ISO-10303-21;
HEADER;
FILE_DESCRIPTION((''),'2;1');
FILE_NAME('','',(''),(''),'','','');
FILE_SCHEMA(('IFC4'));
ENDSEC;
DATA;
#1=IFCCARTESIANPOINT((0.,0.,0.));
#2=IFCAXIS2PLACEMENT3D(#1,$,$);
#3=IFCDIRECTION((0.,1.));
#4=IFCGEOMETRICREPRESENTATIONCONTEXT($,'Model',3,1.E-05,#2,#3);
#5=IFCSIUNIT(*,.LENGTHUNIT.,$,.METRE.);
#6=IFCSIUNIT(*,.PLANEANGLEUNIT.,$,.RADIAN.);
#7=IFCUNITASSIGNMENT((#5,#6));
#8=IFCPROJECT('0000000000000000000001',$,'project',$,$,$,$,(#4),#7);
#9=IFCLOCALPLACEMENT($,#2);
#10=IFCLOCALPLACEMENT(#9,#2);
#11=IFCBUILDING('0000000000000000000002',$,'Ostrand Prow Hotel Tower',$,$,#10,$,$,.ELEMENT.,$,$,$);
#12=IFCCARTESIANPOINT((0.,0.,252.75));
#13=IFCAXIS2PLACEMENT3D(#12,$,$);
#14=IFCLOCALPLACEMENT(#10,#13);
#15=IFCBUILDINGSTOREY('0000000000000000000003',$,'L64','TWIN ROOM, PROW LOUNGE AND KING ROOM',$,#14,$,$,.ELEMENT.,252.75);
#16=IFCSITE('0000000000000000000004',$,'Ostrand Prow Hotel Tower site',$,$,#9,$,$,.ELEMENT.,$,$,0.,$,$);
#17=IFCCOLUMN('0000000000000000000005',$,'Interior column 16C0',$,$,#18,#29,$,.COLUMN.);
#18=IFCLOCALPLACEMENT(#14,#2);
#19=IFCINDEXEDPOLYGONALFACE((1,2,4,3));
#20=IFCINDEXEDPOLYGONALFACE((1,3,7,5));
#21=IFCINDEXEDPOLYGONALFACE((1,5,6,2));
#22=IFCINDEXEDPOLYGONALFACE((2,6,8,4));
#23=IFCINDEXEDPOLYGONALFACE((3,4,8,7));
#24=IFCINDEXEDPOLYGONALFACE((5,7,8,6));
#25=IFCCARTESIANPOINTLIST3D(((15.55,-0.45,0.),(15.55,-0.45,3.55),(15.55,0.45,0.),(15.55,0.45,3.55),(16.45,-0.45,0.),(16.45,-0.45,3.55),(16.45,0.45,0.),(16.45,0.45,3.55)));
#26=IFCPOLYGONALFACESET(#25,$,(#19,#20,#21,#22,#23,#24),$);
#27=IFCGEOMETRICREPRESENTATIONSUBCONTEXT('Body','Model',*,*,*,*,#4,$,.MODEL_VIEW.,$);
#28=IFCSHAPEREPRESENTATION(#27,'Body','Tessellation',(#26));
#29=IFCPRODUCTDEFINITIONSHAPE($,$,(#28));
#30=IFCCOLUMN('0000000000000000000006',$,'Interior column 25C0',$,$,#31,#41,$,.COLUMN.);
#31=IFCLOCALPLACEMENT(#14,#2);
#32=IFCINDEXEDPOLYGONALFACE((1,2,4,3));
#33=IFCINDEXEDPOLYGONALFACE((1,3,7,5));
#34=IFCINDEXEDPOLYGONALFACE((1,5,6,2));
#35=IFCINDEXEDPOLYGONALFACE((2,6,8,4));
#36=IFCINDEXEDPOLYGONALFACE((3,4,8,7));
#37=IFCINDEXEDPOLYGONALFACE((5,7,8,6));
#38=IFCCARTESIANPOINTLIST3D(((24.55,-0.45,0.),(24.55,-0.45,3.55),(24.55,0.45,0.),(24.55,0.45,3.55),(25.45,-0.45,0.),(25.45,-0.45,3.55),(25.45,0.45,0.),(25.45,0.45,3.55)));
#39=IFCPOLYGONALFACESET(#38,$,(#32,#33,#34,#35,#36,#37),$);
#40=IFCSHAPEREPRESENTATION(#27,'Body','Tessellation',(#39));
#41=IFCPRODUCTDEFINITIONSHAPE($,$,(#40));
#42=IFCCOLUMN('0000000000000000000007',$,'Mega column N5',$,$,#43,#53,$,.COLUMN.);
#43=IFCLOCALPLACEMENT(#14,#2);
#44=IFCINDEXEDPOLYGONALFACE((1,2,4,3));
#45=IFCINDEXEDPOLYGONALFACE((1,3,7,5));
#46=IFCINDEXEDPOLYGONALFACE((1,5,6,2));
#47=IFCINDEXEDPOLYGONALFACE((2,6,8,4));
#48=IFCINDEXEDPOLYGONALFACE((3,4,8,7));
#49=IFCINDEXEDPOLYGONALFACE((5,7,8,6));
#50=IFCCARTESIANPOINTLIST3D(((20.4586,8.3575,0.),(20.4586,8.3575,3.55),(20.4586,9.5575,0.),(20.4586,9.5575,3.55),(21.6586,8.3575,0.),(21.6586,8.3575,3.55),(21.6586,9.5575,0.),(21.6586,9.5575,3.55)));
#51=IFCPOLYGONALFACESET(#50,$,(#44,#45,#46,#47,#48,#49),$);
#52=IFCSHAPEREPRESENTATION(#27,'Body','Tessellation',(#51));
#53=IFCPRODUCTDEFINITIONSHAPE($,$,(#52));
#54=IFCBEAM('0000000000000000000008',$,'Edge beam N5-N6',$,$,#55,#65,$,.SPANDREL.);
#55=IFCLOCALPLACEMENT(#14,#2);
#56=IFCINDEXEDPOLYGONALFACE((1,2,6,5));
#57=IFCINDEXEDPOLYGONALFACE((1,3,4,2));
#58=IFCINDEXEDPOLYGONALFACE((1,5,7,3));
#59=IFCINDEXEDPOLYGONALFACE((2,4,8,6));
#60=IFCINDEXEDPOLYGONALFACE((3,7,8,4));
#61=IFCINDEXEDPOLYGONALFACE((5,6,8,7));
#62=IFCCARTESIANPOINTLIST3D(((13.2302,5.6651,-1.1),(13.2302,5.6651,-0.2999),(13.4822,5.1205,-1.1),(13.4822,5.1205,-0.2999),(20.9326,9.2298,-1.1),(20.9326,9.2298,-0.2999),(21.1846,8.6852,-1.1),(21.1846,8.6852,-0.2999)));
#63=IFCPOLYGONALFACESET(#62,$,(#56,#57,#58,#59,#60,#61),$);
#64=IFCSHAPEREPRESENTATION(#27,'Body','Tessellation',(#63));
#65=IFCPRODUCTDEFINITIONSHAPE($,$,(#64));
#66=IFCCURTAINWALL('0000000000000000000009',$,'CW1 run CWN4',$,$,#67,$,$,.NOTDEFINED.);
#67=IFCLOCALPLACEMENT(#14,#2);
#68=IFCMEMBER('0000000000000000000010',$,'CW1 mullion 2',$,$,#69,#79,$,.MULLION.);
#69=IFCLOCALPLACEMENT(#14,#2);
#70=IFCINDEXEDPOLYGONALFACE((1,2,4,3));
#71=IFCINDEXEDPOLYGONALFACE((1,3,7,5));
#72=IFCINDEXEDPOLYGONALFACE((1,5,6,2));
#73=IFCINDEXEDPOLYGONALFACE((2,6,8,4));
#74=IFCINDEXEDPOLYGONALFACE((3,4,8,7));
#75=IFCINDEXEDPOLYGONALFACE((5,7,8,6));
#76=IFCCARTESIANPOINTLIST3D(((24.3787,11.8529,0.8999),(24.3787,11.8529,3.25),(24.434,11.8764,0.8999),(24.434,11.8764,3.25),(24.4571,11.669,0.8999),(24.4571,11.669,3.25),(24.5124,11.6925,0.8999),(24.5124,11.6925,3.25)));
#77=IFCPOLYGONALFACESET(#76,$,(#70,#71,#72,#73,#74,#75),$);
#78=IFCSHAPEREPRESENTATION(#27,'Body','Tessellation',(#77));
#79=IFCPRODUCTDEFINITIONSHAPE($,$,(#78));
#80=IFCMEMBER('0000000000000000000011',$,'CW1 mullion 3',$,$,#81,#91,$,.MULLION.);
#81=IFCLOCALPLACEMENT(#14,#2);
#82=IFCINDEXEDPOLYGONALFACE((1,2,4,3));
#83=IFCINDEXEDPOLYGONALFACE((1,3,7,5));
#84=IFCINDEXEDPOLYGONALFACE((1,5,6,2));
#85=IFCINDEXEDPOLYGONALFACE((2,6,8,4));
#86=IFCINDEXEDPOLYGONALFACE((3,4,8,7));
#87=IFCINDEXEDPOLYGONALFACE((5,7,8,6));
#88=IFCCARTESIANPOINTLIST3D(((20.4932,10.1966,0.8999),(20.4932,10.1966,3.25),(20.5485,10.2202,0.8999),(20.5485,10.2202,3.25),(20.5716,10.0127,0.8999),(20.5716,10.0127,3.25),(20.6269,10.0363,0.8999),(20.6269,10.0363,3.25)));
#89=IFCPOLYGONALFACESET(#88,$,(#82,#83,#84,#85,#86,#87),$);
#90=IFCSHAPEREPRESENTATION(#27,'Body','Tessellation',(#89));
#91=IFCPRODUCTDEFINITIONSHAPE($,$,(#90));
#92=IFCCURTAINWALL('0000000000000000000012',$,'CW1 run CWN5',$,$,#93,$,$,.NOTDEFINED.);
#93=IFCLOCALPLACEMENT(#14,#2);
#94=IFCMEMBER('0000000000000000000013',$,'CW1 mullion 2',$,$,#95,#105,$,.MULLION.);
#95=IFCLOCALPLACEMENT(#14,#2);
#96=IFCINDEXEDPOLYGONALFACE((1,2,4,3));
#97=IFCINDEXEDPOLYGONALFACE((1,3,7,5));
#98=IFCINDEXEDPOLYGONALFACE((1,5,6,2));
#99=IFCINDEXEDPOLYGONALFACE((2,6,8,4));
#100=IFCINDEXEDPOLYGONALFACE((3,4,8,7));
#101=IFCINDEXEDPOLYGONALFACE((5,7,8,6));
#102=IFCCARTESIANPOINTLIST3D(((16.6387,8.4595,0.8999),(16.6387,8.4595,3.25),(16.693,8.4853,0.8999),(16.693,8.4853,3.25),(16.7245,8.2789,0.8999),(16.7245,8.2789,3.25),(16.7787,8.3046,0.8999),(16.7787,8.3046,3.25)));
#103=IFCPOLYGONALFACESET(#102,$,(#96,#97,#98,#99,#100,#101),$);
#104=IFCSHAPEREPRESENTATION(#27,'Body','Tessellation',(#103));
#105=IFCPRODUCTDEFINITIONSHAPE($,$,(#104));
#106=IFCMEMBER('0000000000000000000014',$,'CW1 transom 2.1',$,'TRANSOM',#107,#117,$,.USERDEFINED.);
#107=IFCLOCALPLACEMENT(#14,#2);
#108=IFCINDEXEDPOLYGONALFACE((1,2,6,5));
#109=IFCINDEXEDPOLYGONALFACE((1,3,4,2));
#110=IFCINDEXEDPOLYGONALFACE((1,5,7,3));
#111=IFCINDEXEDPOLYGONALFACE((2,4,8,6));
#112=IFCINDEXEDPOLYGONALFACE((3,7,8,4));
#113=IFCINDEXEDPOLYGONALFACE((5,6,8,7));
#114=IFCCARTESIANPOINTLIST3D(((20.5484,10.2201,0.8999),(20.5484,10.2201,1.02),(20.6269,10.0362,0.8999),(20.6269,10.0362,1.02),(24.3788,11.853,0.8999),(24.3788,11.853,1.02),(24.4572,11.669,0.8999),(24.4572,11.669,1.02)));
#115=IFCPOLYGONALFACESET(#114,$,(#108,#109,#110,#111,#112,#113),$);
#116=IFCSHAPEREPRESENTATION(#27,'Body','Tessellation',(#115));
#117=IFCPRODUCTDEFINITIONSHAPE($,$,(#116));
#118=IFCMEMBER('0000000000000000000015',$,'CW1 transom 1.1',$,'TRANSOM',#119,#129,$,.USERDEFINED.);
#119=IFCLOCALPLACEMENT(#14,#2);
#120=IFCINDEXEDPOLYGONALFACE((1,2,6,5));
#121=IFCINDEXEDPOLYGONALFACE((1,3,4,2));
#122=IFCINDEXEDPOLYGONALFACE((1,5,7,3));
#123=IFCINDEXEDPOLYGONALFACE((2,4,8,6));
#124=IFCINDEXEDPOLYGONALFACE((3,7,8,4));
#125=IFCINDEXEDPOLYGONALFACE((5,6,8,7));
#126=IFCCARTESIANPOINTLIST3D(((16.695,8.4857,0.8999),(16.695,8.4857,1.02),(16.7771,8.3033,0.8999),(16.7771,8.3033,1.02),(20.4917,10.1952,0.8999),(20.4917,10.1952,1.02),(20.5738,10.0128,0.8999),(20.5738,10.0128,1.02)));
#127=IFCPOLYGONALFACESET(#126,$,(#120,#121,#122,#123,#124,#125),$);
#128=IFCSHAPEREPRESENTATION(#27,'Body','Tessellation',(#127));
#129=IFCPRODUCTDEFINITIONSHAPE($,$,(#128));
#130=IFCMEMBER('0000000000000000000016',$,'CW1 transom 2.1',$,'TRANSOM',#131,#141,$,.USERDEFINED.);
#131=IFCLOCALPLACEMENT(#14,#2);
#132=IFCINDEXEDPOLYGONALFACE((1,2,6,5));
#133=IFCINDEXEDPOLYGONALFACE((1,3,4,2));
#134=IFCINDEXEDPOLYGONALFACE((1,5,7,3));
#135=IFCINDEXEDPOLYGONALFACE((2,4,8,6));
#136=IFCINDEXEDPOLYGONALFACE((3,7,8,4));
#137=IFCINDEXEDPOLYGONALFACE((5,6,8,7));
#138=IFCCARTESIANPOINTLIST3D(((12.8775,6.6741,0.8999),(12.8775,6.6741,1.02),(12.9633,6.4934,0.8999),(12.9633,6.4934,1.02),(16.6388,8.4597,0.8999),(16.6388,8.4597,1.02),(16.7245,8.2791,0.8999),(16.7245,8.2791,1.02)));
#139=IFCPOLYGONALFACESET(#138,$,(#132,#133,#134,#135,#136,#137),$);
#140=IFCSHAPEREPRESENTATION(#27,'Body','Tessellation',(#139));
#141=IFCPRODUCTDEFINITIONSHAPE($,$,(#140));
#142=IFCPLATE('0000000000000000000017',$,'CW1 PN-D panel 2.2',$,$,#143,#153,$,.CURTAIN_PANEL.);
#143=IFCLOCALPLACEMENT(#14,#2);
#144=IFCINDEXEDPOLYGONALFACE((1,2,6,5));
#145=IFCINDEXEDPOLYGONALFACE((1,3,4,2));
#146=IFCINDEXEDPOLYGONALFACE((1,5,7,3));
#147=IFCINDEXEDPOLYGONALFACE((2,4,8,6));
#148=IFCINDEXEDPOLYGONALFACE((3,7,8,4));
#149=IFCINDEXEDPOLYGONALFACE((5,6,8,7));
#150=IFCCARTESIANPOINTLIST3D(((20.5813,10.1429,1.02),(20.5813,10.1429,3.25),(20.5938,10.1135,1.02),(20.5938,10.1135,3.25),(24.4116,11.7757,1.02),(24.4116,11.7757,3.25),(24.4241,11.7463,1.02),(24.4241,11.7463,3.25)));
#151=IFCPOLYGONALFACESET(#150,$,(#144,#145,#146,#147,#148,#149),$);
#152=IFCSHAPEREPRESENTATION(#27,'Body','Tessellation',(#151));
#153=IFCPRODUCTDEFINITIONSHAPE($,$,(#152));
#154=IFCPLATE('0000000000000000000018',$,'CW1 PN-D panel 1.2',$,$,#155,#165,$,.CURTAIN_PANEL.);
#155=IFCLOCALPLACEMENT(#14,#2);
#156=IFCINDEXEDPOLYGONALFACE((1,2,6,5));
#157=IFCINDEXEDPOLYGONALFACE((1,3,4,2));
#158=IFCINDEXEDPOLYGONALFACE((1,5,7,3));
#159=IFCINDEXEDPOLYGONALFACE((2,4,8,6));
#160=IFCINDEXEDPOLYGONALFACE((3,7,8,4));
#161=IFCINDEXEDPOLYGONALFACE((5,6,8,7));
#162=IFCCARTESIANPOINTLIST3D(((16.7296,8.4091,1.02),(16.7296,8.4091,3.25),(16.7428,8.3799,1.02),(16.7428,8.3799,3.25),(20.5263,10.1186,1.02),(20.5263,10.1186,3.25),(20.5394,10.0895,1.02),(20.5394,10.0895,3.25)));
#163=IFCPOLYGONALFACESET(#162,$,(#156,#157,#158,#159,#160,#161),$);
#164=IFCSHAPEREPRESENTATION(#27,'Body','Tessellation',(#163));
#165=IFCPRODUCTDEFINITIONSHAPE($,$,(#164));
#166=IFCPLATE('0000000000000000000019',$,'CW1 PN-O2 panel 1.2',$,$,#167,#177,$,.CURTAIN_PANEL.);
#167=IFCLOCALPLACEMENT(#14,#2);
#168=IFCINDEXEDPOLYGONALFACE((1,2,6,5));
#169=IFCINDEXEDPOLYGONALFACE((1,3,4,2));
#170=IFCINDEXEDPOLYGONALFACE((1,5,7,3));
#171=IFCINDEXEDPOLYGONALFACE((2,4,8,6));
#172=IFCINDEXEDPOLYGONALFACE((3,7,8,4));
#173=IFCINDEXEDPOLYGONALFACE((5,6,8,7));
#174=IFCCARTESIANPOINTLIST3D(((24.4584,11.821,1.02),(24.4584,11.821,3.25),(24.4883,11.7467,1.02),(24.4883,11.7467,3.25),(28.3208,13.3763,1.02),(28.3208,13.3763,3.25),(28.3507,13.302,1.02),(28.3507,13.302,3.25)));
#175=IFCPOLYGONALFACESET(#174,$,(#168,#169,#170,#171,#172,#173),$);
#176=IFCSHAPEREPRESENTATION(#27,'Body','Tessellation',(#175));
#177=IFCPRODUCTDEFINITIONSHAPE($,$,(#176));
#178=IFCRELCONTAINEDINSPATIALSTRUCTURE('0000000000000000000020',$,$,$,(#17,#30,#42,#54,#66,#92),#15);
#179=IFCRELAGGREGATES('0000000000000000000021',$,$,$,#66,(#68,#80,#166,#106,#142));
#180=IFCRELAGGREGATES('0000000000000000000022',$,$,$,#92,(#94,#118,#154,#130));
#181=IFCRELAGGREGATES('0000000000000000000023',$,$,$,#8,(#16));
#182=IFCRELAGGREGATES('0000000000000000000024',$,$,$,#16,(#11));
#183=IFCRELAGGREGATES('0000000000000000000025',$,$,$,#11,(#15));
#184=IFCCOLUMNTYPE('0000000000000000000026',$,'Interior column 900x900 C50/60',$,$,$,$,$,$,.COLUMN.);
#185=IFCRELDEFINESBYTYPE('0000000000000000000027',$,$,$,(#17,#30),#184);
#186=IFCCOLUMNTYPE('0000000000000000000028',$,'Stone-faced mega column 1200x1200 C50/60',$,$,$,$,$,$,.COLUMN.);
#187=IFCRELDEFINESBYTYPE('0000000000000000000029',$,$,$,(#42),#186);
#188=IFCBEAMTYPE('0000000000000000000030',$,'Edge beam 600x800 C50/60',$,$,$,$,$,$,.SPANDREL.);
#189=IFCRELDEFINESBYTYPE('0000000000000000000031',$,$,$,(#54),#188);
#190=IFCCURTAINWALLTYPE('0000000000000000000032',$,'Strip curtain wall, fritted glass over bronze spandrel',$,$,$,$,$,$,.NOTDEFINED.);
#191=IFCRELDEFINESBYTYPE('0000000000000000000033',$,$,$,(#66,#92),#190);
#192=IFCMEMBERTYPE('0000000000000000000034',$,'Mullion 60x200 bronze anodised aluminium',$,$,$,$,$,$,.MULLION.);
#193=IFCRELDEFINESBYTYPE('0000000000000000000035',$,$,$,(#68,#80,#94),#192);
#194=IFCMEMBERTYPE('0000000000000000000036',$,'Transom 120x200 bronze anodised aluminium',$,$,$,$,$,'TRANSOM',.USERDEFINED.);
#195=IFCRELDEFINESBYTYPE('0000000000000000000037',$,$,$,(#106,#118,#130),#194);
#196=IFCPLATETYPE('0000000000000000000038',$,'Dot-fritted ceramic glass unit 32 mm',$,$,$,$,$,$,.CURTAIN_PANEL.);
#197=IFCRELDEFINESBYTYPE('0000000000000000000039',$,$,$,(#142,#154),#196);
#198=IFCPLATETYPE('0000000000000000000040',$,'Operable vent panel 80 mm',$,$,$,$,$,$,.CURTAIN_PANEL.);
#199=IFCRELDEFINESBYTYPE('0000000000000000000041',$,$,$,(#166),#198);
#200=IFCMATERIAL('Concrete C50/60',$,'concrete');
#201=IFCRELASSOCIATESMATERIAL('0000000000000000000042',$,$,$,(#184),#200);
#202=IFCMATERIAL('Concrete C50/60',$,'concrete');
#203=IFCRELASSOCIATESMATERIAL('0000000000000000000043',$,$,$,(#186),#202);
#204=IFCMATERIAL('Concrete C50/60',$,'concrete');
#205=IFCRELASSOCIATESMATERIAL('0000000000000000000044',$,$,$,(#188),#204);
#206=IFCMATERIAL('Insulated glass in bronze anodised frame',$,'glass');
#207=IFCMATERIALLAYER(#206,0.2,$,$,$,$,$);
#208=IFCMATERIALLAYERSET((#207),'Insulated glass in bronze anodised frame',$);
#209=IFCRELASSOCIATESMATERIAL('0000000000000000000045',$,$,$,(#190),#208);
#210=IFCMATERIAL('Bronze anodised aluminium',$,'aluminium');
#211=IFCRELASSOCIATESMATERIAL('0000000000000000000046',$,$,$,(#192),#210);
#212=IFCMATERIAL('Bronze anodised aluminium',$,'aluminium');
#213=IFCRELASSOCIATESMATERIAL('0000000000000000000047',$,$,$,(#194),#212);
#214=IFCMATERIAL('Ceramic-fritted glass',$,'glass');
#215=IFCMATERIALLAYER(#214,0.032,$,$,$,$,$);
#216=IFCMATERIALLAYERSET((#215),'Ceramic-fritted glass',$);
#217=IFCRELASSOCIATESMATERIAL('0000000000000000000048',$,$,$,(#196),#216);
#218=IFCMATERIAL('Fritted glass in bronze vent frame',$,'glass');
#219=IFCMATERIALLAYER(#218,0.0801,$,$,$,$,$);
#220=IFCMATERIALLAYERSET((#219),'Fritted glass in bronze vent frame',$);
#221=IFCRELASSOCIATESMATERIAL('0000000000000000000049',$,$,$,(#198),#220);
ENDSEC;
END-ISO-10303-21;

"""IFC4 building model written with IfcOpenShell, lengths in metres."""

from ifc_helpers import new_model, si_unit, direction, frame, origin, origin_2d, place, context, subcontext, project, spatial, rectangle, extrude, material, layer, layer_set, material_profile, profile_set, type_object, element, aggregate, save


model = new_model("IFC4")

# Units and contexts
model_context = context("Model", 3, precision=1e-05, world=origin(), true_north=direction((0.0, 1.0)))
body_context = subcontext(model_context, "Body", "Model", "MODEL_VIEW")
ifc_project = project(units=[si_unit("LENGTHUNIT", "METRE"), si_unit("PLANEANGLEUNIT", "RADIAN")], contexts=[model_context])

# Site, building, storey
site_placement = place(None, origin())
site = spatial("IfcSite", under=ifc_project, at=site_placement, Name="Ostrand Prow Hotel Tower site", CompositionType="ELEMENT", RefElevation=0.0)
building_placement = place(site_placement, origin())
building = spatial("IfcBuilding", under=site, at=building_placement, Name="Ostrand Prow Hotel Tower", CompositionType="ELEMENT")
storey_placement = place(building_placement, frame((0.0, 0.0, 252.75)))
storey = spatial("IfcBuildingStorey", under=building, at=storey_placement, Name="L64", Description="TWIN ROOM, PROW LOUNGE AND KING ROOM", CompositionType="ELEMENT", Elevation=252.75)

# Columns
ifc_material_1 = material(Name="Concrete C50/60", Category="concrete")
ifc_material_profile_1 = material_profile(ifc_material_1, rectangle(XDim=0.8999, YDim=0.8999, at=origin_2d()), Name="RC 900x900")
ifc_profile_set_1 = profile_set([ifc_material_profile_1], Name="Concrete C50/60")
column_type_1 = type_object("IfcColumnType", Name="Interior column 900x900 C50/60", PredefinedType="COLUMN", material=ifc_profile_set_1)
for number, where, z_axis, x_axis, name in (
    (1, (16.0, 0.0, 0.0), (0.0, 0.0, 1.0), (1.0, 0.0, 0.0), "Interior column 16C0"),
    (2, (25.0, 0.0, 0.0), (0.0, 0.0, 1.0), (1.0, 0.0, 0.0), "Interior column 25C0"),
):
    element("IfcColumn", number, at=place(storey_placement, frame(where, z_axis=z_axis, x_axis=x_axis)), inside=storey, type_object=column_type_1, Name=name, PredefinedType="COLUMN", context=body_context, shape_type="SweptSolid", body=[
        extrude(rectangle(XDim=0.8999, YDim=0.8999, at=origin_2d()), origin(), (0.0, 0.0, 1.0), 3.55),
    ])
ifc_material_2 = material(Name="Concrete C50/60", Category="concrete")
ifc_material_profile_2 = material_profile(ifc_material_2, rectangle(XDim=1.2, YDim=1.2, at=origin_2d()), Name="RC 1200x1200")
ifc_profile_set_2 = profile_set([ifc_material_profile_2], Name="Concrete C50/60")
column_type_2 = type_object("IfcColumnType", Name="Stone-faced mega column 1200x1200 C50/60", PredefinedType="COLUMN", material=ifc_profile_set_2)
column_placement = place(storey_placement, frame((21.0586, 8.9575, 0.0), z_axis=(0.0, 0.0, 1.0), x_axis=(1.0, 0.0, 0.0)))
element("IfcColumn", 3, at=column_placement, inside=storey, type_object=column_type_2, Name="Mega column N5", PredefinedType="COLUMN", context=body_context, shape_type="SweptSolid", body=[
    extrude(rectangle(XDim=1.2, YDim=1.2, at=origin_2d()), origin(), (0.0, 0.0, 1.0), 3.55),
])

# Beam
ifc_material_3 = material(Name="Concrete C50/60", Category="concrete")
ifc_material_profile_3 = material_profile(ifc_material_3, rectangle(XDim=0.6001, YDim=0.8, at=origin_2d()), Name="RC 600x800")
ifc_profile_set_3 = profile_set([ifc_material_profile_3], Name="Concrete C50/60")
beam_type = type_object("IfcBeamType", Name="Edge beam 600x800 C50/60", PredefinedType="SPANDREL", material=ifc_profile_set_3)
beam_placement = place(storey_placement, frame((21.0586, 8.9575, -0.7), z_axis=(-0.907522, -0.420005, 0.0), x_axis=(0.420005, -0.907522, 0.0)))
element("IfcBeam", 4, at=beam_placement, inside=storey, type_object=beam_type, Name="Edge beam N5-N6", PredefinedType="SPANDREL", context=body_context, shape_type="SweptSolid", body=[
    extrude(rectangle(XDim=0.6001, YDim=0.8, at=origin_2d()), origin(), (0.0, 0.0, 1.0), 8.4873),
])

# Curtain wall, members
ifc_material_4 = material(Name="Insulated glass in bronze anodised frame", Category="glass")
ifc_layer_1 = layer(ifc_material_4, 0.2)
ifc_layer_set_1 = layer_set([ifc_layer_1], Name="Insulated glass in bronze anodised frame")
curtain_wall_type = type_object("IfcCurtainWallType", Name="Strip curtain wall, fritted glass over bronze spandrel", PredefinedType="NOTDEFINED", material=ifc_layer_set_1)
curtain_wall_1_placement = place(storey_placement, origin())
curtain_wall_1 = element("IfcCurtainWall", 5, at=curtain_wall_1_placement, inside=storey, type_object=curtain_wall_type, Name="CW1 run CWN4", PredefinedType="NOTDEFINED")
ifc_material_5 = material(Name="Bronze anodised aluminium", Category="aluminium")
ifc_material_profile_4 = material_profile(ifc_material_5, rectangle(XDim=0.2, YDim=0.0601, at=origin_2d()), Name="Mullion 60x200 bronze anodised aluminium")
ifc_profile_set_4 = profile_set([ifc_material_profile_4], Name="Bronze anodised aluminium")
member_type_1 = type_object("IfcMemberType", Name="Mullion 60x200 bronze anodised aluminium", PredefinedType="MULLION", material=ifc_profile_set_4)
member_1_placement = place(storey_placement, frame((24.4456, 11.7727, 0.8999), z_axis=(0.0, 0.0, 1.0), x_axis=(0.392136, -0.919907, 0.0)))
member_1 = element("IfcMember", 6, at=member_1_placement, type_object=member_type_1, Name="CW1 mullion 2", PredefinedType="MULLION", context=body_context, shape_type="SweptSolid", body=[
    extrude(rectangle(XDim=0.2, YDim=0.0601, at=origin_2d()), origin(), (0.0, 0.0, 1.0), 2.3501),
])
member_2_placement = place(storey_placement, frame((20.5601, 10.1165, 0.8999), z_axis=(0.0, 0.0, 1.0), x_axis=(0.392136, -0.919907, 0.0)))
member_2 = element("IfcMember", 7, at=member_2_placement, type_object=member_type_1, Name="CW1 mullion 3", PredefinedType="MULLION", context=body_context, shape_type="SweptSolid", body=[
    extrude(rectangle(XDim=0.2, YDim=0.0601, at=origin_2d()), origin(), (0.0, 0.0, 1.0), 2.3501),
])

# Curtain wall, member
curtain_wall_2_placement = place(storey_placement, origin())
curtain_wall_2 = element("IfcCurtainWall", 8, at=curtain_wall_2_placement, inside=storey, type_object=curtain_wall_type, Name="CW1 run CWN5", PredefinedType="NOTDEFINED")
member_3_placement = place(storey_placement, frame((16.7087, 8.3821, 0.8999), z_axis=(0.0, 0.0, 1.0), x_axis=(0.428861, -0.90337, 0.0)))
member_3 = element("IfcMember", 9, at=member_3_placement, type_object=member_type_1, Name="CW1 mullion 2", PredefinedType="MULLION", context=body_context, shape_type="SweptSolid", body=[
    extrude(rectangle(XDim=0.2, YDim=0.0601, at=origin_2d()), origin(), (0.0, 0.0, 1.0), 2.3501),
])

# Members
ifc_material_6 = material(Name="Bronze anodised aluminium", Category="aluminium")
ifc_material_profile_5 = material_profile(ifc_material_6, rectangle(XDim=0.2, YDim=0.1201, at=origin_2d()), Name="Transom 120x200 bronze anodised aluminium")
ifc_profile_set_5 = profile_set([ifc_material_profile_5], Name="Bronze anodised aluminium")
member_type_2 = type_object("IfcMemberType", Name="Transom 120x200 bronze anodised aluminium", ElementType="TRANSOM", PredefinedType="USERDEFINED", material=ifc_profile_set_5)
member_4_placement = place(storey_placement, frame((24.418, 11.761, 0.96), z_axis=(-0.919905, -0.392142, 0.0), x_axis=(0.392142, -0.919905, 0.0)))
member_4 = element("IfcMember", 10, at=member_4_placement, type_object=member_type_2, Name="CW1 transom 2.1", ObjectType="TRANSOM", PredefinedType="USERDEFINED", context=body_context, shape_type="SweptSolid", body=[
    extrude(rectangle(XDim=0.2, YDim=0.1201, at=origin_2d()), origin(), (0.0, 0.0, 1.0), 4.1638),
])
member_5_placement = place(storey_placement, frame((20.5327, 10.104, 0.96), z_axis=(-0.911833, -0.410562, 0.0), x_axis=(0.410562, -0.911833, 0.0)))
member_5 = element("IfcMember", 11, at=member_5_placement, type_object=member_type_2, Name="CW1 transom 1.1", ObjectType="TRANSOM", PredefinedType="USERDEFINED", context=body_context, shape_type="SweptSolid", body=[
    extrude(rectangle(XDim=0.2, YDim=0.1201, at=origin_2d()), origin(), (0.0, 0.0, 1.0), 4.1638),
])
member_6_placement = place(storey_placement, frame((16.6816, 8.3694, 0.96), z_axis=(-0.903365, -0.428873, 0.0), x_axis=(0.428873, -0.903365, 0.0)))
member_6 = element("IfcMember", 12, at=member_6_placement, type_object=member_type_2, Name="CW1 transom 2.1", ObjectType="TRANSOM", PredefinedType="USERDEFINED", context=body_context, shape_type="SweptSolid", body=[
    extrude(rectangle(XDim=0.2, YDim=0.1201, at=origin_2d()), origin(), (0.0, 0.0, 1.0), 4.1636),
])

# Plates
ifc_material_7 = material(Name="Ceramic-fritted glass", Category="glass")
ifc_layer_2 = layer(ifc_material_7, 0.032)
ifc_layer_set_2 = layer_set([ifc_layer_2], Name="Ceramic-fritted glass")
plate_type_1 = type_object("IfcPlateType", Name="Dot-fritted ceramic glass unit 32 mm", PredefinedType="CURTAIN_PANEL", material=ifc_layer_set_2)
plate_1_placement = place(storey_placement, frame((22.5027, 10.9446, 1.02), z_axis=(0.0, 0.0, 1.0), x_axis=(-0.919907, -0.392136, 0.0)))
plate_1 = element("IfcPlate", 13, at=plate_1_placement, type_object=plate_type_1, Name="CW1 PN-D panel 2.2", PredefinedType="CURTAIN_PANEL", context=body_context, shape_type="SweptSolid", body=[
    extrude(rectangle(XDim=4.1638, YDim=0.032, at=origin_2d()), origin(), (0.0, 0.0, 1.0), 2.23),
])
plate_2_placement = place(storey_placement, frame((18.6345, 9.2493, 1.02), z_axis=(0.0, 0.0, 1.0), x_axis=(-0.911824, -0.410582, 0.0)))
plate_2 = element("IfcPlate", 14, at=plate_2_placement, type_object=plate_type_1, Name="CW1 PN-D panel 1.2", PredefinedType="CURTAIN_PANEL", context=body_context, shape_type="SweptSolid", body=[
    extrude(rectangle(XDim=4.1638, YDim=0.032, at=origin_2d()), origin(), (0.0, 0.0, 1.0), 2.23),
])
ifc_material_8 = material(Name="Fritted glass in bronze vent frame", Category="glass")
ifc_layer_3 = layer(ifc_material_8, 0.0801)
ifc_layer_set_3 = layer_set([ifc_layer_3], Name="Fritted glass in bronze vent frame")
plate_type_2 = type_object("IfcPlateType", Name="Operable vent panel 80 mm", PredefinedType="CURTAIN_PANEL", material=ifc_layer_set_3)
plate_3_placement = place(storey_placement, frame((26.4045, 12.5615, 1.02), z_axis=(0.0, 0.0, 1.0), x_axis=(-0.927617, -0.373533, 0.0)))
plate_3 = element("IfcPlate", 15, at=plate_3_placement, type_object=plate_type_2, Name="CW1 PN-O2 panel 1.2", PredefinedType="CURTAIN_PANEL", context=body_context, shape_type="SweptSolid", body=[
    extrude(rectangle(XDim=4.1638, YDim=0.0801, at=origin_2d()), origin(), (0.0, 0.0, 1.0), 2.23),
])
aggregate(curtain_wall_1, [member_1, member_2, plate_3, member_4, plate_1])
aggregate(curtain_wall_2, [member_3, member_5, plate_2, member_6])

save(model, "model.ifc")
